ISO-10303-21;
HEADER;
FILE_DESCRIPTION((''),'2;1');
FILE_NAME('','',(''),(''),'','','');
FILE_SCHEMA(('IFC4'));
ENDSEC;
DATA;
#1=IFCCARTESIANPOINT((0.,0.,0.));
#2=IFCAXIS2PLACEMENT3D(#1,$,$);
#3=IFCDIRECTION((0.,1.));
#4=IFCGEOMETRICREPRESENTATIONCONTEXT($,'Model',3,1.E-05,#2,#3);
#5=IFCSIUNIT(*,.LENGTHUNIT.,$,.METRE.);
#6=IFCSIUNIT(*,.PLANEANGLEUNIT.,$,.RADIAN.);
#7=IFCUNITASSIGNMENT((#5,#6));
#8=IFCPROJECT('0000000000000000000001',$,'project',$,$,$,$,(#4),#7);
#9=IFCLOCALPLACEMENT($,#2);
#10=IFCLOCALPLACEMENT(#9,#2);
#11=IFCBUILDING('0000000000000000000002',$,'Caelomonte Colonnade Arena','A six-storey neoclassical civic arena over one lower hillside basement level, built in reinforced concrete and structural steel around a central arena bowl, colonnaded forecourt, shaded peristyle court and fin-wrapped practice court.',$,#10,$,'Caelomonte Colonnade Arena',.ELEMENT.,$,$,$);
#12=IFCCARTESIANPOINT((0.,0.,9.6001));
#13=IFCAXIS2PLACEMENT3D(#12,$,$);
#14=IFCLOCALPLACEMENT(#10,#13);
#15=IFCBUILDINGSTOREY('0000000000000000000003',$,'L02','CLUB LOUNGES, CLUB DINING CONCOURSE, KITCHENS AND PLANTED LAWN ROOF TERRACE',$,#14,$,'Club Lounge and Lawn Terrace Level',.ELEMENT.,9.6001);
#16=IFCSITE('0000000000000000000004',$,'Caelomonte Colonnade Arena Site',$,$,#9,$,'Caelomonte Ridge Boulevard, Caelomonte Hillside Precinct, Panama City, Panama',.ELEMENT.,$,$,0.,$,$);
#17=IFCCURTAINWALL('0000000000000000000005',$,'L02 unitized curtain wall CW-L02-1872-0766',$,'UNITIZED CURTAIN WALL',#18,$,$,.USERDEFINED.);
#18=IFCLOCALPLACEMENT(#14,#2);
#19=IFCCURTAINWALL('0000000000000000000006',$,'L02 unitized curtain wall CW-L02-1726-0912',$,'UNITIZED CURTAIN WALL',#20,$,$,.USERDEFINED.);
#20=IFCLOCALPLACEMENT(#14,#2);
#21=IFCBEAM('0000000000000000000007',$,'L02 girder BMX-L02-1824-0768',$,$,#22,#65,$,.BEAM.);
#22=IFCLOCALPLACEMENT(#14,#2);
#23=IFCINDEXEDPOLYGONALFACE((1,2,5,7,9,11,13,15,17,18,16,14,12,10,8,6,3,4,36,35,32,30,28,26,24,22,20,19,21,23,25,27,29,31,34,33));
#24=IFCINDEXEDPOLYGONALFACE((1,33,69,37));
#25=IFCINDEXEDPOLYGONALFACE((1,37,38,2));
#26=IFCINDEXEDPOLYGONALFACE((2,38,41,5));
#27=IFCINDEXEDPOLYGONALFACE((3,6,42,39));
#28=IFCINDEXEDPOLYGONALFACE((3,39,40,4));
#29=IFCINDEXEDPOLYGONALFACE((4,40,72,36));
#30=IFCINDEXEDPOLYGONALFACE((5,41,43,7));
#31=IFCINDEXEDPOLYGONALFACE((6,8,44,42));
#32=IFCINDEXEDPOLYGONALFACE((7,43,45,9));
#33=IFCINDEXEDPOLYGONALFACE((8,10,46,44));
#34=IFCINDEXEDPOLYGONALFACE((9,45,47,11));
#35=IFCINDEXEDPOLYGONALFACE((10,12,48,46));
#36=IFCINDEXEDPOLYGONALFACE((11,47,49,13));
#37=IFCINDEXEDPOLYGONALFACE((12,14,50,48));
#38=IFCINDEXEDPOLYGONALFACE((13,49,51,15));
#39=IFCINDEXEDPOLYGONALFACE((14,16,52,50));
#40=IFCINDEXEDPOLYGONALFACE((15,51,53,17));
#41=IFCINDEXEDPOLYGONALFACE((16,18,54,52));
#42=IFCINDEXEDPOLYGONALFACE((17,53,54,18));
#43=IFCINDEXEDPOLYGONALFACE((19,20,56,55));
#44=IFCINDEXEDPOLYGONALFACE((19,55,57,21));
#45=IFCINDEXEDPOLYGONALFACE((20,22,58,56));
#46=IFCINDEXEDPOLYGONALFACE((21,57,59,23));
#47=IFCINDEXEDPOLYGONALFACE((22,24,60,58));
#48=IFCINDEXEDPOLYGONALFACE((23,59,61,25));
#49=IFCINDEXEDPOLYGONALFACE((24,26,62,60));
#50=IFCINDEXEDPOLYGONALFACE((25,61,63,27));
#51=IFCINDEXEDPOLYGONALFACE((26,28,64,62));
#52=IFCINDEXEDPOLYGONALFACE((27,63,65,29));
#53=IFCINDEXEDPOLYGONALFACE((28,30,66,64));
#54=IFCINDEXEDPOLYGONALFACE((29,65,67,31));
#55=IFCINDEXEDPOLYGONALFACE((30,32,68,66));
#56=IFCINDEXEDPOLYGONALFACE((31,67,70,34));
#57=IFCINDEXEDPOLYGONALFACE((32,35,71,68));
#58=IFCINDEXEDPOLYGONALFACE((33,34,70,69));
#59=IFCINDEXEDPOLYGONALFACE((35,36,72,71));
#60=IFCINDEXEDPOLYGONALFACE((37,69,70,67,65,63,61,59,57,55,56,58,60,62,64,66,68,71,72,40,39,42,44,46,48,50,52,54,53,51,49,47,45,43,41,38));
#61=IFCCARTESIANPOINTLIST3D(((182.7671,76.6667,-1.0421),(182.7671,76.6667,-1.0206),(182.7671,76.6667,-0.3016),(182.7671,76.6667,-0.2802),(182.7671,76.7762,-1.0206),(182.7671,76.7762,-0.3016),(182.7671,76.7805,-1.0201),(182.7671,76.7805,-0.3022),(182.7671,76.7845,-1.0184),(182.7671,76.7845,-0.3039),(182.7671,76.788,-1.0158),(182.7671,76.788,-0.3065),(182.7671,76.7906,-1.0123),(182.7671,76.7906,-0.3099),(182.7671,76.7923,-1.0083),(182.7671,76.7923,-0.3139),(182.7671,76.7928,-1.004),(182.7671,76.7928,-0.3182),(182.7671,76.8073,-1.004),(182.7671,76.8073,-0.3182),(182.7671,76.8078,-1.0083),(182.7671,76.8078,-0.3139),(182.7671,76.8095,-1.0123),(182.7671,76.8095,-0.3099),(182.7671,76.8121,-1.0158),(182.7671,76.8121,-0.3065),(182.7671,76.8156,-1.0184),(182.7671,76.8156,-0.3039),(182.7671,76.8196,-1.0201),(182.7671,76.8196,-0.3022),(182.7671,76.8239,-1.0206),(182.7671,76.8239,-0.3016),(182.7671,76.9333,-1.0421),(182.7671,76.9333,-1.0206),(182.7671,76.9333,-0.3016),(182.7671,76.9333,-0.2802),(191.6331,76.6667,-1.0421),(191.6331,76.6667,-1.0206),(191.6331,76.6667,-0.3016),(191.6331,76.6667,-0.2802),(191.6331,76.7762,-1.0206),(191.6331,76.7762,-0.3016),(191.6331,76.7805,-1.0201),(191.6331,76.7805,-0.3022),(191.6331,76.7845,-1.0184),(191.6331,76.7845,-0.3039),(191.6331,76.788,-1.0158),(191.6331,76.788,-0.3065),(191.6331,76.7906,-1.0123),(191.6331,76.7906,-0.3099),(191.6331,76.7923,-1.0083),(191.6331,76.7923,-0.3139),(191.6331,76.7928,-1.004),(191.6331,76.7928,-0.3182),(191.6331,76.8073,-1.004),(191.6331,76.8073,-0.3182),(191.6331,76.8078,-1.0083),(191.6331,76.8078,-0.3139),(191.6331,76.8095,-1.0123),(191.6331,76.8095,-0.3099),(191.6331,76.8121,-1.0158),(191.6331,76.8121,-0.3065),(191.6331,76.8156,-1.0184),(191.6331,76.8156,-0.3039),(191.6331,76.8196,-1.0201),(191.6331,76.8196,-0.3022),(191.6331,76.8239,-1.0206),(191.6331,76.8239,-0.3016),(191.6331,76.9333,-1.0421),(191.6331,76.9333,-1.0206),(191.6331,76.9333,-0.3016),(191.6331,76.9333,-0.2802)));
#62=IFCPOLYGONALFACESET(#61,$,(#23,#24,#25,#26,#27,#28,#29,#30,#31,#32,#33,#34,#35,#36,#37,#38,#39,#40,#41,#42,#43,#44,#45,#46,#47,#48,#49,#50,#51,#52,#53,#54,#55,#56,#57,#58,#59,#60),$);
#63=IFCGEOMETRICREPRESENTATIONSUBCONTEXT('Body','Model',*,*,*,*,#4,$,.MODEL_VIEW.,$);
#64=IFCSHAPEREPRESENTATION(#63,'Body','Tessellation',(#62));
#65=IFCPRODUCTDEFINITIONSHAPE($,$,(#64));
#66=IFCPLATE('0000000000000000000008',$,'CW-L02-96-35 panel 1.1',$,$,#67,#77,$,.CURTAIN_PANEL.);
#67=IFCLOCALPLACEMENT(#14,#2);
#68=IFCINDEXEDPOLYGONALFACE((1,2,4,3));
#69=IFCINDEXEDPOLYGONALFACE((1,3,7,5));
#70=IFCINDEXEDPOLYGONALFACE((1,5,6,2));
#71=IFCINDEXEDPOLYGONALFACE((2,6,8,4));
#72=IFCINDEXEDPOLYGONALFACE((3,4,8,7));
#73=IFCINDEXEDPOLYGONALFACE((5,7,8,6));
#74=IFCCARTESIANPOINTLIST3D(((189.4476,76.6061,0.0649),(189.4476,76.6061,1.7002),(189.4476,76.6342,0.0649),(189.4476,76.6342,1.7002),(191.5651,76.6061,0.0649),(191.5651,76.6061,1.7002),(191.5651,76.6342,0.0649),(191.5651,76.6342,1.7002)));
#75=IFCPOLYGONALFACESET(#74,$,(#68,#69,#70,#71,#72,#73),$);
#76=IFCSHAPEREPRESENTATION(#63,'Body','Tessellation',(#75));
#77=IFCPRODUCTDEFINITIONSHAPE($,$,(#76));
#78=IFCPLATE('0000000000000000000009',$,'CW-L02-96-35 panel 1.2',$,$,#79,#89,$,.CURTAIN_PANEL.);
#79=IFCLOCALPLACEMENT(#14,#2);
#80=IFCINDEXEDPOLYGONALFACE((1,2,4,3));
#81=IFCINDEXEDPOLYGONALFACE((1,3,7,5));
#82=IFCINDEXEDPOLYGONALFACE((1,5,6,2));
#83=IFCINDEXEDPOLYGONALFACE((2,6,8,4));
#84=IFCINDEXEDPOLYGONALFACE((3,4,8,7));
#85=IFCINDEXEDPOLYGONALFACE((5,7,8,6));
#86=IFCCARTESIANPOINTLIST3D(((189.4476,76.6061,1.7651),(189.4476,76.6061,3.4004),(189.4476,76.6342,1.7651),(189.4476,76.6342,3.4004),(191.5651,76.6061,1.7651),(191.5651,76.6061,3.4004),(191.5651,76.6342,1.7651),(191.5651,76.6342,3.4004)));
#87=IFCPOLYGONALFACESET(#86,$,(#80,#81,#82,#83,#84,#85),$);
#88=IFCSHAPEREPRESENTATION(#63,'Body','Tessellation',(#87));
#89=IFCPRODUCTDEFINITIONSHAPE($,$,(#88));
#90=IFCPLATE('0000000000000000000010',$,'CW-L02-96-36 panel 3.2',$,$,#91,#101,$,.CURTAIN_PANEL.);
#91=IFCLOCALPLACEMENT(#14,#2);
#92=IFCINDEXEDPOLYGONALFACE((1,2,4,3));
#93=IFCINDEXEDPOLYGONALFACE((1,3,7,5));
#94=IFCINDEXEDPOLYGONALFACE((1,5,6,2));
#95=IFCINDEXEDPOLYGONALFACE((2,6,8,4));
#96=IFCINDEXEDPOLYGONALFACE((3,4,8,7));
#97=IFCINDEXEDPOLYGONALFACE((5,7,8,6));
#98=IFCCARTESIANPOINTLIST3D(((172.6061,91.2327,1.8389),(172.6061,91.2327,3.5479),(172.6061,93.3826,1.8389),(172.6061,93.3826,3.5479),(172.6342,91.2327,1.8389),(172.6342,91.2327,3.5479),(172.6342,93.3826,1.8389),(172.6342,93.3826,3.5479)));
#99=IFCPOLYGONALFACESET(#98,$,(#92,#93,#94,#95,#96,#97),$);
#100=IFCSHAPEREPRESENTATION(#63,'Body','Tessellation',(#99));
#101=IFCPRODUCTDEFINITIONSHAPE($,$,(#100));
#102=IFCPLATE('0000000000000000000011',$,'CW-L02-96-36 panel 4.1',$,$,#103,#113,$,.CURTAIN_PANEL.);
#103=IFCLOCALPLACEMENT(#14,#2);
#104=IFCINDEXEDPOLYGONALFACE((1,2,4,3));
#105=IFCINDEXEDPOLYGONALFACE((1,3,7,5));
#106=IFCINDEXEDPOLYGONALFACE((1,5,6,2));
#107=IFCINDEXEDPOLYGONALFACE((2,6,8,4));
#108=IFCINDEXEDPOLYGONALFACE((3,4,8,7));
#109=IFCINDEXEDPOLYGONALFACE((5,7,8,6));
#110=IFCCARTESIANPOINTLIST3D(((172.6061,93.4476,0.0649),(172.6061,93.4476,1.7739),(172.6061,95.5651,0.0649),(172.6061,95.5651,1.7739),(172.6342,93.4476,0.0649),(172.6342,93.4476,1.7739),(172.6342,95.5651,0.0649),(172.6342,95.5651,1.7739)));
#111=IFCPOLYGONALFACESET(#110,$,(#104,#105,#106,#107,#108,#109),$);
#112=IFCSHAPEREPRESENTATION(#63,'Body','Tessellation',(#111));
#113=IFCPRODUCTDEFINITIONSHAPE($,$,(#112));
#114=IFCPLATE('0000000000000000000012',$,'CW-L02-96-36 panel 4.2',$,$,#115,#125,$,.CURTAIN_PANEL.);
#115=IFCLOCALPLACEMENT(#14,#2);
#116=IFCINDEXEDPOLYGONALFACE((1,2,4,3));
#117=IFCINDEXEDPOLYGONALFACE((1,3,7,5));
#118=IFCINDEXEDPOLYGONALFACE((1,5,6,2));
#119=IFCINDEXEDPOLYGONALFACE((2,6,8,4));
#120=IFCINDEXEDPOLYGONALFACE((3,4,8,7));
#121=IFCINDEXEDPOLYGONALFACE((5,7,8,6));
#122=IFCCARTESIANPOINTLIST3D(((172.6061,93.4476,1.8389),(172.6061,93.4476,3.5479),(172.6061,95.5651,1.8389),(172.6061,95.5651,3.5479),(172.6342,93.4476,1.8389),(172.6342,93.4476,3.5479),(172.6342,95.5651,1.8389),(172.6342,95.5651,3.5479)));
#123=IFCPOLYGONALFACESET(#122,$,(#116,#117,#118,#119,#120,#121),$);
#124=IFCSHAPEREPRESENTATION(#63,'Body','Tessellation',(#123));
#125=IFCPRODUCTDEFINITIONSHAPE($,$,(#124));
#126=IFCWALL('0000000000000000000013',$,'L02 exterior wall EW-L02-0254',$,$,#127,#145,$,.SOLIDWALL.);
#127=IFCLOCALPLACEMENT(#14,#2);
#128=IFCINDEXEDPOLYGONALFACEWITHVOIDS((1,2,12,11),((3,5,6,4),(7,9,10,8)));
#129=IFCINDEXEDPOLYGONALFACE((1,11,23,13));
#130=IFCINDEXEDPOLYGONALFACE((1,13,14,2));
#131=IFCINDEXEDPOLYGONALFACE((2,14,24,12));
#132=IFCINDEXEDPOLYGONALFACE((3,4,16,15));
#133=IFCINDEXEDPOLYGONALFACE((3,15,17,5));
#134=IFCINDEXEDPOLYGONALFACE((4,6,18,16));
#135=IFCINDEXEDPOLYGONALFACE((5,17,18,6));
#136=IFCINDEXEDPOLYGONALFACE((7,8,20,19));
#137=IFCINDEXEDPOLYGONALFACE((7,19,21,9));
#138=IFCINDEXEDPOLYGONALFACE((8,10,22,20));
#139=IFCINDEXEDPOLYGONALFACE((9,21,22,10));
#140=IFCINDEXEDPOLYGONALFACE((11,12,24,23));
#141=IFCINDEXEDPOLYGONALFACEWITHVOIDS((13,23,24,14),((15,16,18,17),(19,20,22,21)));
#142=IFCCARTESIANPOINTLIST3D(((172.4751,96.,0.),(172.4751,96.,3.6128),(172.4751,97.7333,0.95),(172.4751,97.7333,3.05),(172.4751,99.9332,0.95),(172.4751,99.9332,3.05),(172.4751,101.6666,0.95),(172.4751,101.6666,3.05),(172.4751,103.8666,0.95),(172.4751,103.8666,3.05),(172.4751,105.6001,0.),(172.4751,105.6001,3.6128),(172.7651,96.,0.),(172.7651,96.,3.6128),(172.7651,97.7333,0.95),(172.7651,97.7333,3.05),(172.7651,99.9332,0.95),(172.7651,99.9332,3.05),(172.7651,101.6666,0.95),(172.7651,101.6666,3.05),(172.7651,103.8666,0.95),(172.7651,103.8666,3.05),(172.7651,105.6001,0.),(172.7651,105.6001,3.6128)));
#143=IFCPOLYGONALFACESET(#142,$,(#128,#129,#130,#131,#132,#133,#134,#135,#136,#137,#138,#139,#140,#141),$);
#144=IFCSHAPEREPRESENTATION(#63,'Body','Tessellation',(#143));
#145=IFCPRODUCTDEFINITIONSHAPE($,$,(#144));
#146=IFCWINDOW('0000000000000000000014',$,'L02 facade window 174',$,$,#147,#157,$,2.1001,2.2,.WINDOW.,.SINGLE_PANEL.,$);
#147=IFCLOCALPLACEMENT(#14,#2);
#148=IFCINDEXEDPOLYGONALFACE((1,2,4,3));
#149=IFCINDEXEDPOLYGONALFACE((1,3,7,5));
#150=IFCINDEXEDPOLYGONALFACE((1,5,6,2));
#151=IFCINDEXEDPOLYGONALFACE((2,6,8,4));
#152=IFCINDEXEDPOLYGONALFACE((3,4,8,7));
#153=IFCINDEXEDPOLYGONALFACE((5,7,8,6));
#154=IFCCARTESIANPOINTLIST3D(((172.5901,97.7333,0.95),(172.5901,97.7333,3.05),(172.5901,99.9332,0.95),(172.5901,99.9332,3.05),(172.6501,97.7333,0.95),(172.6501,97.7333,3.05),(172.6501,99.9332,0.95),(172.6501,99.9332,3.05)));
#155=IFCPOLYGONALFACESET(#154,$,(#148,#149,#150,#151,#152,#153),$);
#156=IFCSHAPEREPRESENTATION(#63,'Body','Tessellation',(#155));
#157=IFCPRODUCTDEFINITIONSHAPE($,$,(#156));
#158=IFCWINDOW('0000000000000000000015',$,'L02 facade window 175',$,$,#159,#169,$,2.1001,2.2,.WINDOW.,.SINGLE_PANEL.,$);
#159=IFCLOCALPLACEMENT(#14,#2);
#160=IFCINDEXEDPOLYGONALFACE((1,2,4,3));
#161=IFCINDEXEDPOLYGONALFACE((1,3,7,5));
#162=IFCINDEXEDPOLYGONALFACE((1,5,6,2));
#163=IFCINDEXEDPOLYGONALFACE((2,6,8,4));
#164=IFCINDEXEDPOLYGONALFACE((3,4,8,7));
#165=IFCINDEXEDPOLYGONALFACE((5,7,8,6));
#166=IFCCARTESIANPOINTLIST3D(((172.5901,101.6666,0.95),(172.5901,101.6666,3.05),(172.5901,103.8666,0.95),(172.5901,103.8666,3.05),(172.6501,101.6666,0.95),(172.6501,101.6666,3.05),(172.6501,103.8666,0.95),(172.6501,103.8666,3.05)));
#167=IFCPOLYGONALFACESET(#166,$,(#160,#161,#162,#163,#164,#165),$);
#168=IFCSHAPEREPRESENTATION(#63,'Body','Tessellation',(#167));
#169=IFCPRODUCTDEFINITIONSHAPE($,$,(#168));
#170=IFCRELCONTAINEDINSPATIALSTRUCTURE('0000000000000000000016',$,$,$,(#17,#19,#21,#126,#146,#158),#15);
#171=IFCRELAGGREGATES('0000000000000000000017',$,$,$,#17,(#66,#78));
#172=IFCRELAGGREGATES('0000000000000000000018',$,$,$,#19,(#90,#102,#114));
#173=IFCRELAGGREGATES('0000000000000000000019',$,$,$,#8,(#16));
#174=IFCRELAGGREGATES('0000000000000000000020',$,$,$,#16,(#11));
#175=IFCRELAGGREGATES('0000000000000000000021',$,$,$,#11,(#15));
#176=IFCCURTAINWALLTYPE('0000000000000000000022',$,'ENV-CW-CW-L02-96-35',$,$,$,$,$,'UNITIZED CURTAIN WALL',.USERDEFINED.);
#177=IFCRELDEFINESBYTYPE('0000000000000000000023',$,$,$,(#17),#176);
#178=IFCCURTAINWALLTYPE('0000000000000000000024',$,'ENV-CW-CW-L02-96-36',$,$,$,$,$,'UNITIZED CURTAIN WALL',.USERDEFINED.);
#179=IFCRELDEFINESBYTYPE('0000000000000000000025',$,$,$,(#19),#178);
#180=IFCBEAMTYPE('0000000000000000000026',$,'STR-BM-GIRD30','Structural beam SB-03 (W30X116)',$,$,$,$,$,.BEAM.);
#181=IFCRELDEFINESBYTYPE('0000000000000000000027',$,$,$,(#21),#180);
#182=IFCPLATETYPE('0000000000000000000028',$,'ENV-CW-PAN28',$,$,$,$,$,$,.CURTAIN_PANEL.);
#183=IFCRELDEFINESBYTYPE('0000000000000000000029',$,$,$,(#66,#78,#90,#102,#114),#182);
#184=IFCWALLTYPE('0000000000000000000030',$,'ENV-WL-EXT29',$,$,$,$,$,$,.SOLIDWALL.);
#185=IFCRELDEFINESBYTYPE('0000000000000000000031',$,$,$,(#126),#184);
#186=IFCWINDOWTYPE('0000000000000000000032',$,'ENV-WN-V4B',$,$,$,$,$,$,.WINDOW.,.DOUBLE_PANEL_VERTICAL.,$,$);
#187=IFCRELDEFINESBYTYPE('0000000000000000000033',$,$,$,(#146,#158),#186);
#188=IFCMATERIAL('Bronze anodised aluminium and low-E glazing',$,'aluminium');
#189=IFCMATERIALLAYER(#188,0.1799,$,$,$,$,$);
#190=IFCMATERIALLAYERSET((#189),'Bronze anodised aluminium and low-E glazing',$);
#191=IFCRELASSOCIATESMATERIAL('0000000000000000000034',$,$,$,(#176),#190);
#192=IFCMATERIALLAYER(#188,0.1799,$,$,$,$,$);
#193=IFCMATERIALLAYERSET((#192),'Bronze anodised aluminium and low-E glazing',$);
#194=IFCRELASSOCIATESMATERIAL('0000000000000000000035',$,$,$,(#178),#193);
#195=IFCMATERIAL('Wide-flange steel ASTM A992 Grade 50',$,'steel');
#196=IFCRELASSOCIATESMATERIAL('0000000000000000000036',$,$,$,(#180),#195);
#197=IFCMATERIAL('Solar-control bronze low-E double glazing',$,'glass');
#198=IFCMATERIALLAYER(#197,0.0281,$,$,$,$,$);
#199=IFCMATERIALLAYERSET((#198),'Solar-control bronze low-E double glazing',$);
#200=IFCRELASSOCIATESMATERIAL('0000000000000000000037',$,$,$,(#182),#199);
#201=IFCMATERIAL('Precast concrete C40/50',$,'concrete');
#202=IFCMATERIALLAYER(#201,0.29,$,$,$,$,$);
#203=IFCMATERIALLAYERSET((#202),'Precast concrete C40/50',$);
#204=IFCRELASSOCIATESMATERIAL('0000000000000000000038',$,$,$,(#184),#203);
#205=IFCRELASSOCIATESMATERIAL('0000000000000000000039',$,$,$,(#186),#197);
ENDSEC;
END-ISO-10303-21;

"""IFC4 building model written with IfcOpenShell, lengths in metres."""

from ifc_helpers import new_model, si_unit, direction, frame, frame_2d, origin, origin_2d, place, context, subcontext, project, spatial, rectangle, i_section, extrude, material, layer, layer_set, material_profile, profile_set, type_object, element, fill, aggregate, save


model = new_model("IFC4")

# Units and contexts
model_context = context("Model", 3, precision=1e-05, world=origin(), true_north=direction((0.0, 1.0)))
body_context = subcontext(model_context, "Body", "Model", "MODEL_VIEW")
ifc_project = project(units=[si_unit("LENGTHUNIT", "METRE"), si_unit("PLANEANGLEUNIT", "RADIAN")], contexts=[model_context])

# Site, building, storey
site_placement = place(None, origin())
site = spatial("IfcSite", under=ifc_project, at=site_placement, Name="Caelomonte Colonnade Arena Site", LongName="Caelomonte Ridge Boulevard, Caelomonte Hillside Precinct, Panama City, Panama", CompositionType="ELEMENT", RefElevation=0.0)
building_placement = place(site_placement, origin())
building = spatial("IfcBuilding", under=site, at=building_placement, Name="Caelomonte Colonnade Arena", Description="A six-storey neoclassical civic arena over one lower hillside basement level, built in reinforced concrete and structural steel around a central arena bowl, colonnaded forecourt, shaded peristyle court and fin-wrapped practice court.", LongName="Caelomonte Colonnade Arena", CompositionType="ELEMENT")
storey_placement = place(building_placement, frame((0.0, 0.0, 9.6001)))
storey = spatial("IfcBuildingStorey", under=building, at=storey_placement, Name="L02", Description="CLUB LOUNGES, CLUB DINING CONCOURSE, KITCHENS AND PLANTED LAWN ROOF TERRACE", LongName="Club Lounge and Lawn Terrace Level", CompositionType="ELEMENT", Elevation=9.6001)

# Curtain wall
ifc_material_1 = material(Name="Bronze anodised aluminium and low-E glazing", Category="aluminium")
ifc_layer_1 = layer(ifc_material_1, 0.1799)
ifc_layer_set_1 = layer_set([ifc_layer_1], Name="Bronze anodised aluminium and low-E glazing")
curtain_wall_type_1 = type_object("IfcCurtainWallType", Name="ENV-CW-CW-L02-96-35", ElementType="UNITIZED CURTAIN WALL", PredefinedType="USERDEFINED", material=ifc_layer_set_1)
curtain_wall_1_placement = place(storey_placement, origin())
curtain_wall_1 = element("IfcCurtainWall", 1, at=curtain_wall_1_placement, inside=storey, type_object=curtain_wall_type_1, Name="L02 unitized curtain wall CW-L02-1872-0766", ObjectType="UNITIZED CURTAIN WALL", PredefinedType="USERDEFINED")

# Curtain wall
ifc_layer_2 = layer(ifc_material_1, 0.1799)
ifc_layer_set_2 = layer_set([ifc_layer_2], Name="Bronze anodised aluminium and low-E glazing")
curtain_wall_type_2 = type_object("IfcCurtainWallType", Name="ENV-CW-CW-L02-96-36", ElementType="UNITIZED CURTAIN WALL", PredefinedType="USERDEFINED", material=ifc_layer_set_2)
curtain_wall_2_placement = place(storey_placement, origin())
curtain_wall_2 = element("IfcCurtainWall", 2, at=curtain_wall_2_placement, inside=storey, type_object=curtain_wall_type_2, Name="L02 unitized curtain wall CW-L02-1726-0912", ObjectType="UNITIZED CURTAIN WALL", PredefinedType="USERDEFINED")

# Beam
ifc_material_2 = material(Name="Wide-flange steel ASTM A992 Grade 50", Category="steel")
ifc_material_profile_1 = material_profile(ifc_material_2, i_section(OverallWidth=0.2666, OverallDepth=0.762, WebThickness=0.0144, FlangeThickness=0.0215, FilletRadius=0.0166, at=origin_2d()), Name="W30X116")
ifc_profile_set_1 = profile_set([ifc_material_profile_1], Name="Wide-flange steel ASTM A992 Grade 50")
beam_type_1 = type_object("IfcBeamType", Name="STR-BM-GIRD30", Description="Structural beam SB-03 (W30X116)", PredefinedType="BEAM", material=ifc_profile_set_1)
for number, where, z_axis, x_axis, name in (
    (3, (182.7671, 76.8, -0.6611), (1.0, 0.0, 0.0), (0.0, 1.0, 0.0), "L02 girder BMX-L02-1824-0768"),
):
    element("IfcBeam", number, at=place(storey_placement, frame(where, z_axis=z_axis, x_axis=x_axis)), inside=storey, type_object=beam_type_1, Name=name, PredefinedType="BEAM", context=body_context, shape_type="SweptSolid", body=[
        extrude(i_section(OverallWidth=0.2666, OverallDepth=0.762, WebThickness=0.0144, FlangeThickness=0.0215, FilletRadius=0.0166, at=origin_2d()), origin(), (0.0, 0.0, 1.0), 8.866),
    ])

# Plates
ifc_material_3 = material(Name="Solar-control bronze low-E double glazing", Category="glass")
ifc_layer_3 = layer(ifc_material_3, 0.0281)
ifc_layer_set_3 = layer_set([ifc_layer_3], Name="Solar-control bronze low-E double glazing")
plate_type = type_object("IfcPlateType", Name="ENV-CW-PAN28", PredefinedType="CURTAIN_PANEL", material=ifc_layer_set_3)
plate_1_placement = place(storey_placement, frame((190.5063, 76.6201, 0.0649), z_axis=(0.0, 0.0, 1.0), x_axis=(-1.0, 0.0, 0.0)))
plate_1 = element("IfcPlate", 4, at=plate_1_placement, type_object=plate_type, Name="CW-L02-96-35 panel 1.1", PredefinedType="CURTAIN_PANEL", context=body_context, shape_type="SweptSolid", body=[
    extrude(rectangle(XDim=2.1174, YDim=0.0281, at=origin_2d()), origin(), (0.0, 0.0, 1.0), 1.6353),
])
plate_2_placement = place(storey_placement, frame((190.5063, 76.6201, 1.7651), z_axis=(0.0, 0.0, 1.0), x_axis=(-1.0, 0.0, 0.0)))
plate_2 = element("IfcPlate", 5, at=plate_2_placement, type_object=plate_type, Name="CW-L02-96-35 panel 1.2", PredefinedType="CURTAIN_PANEL", context=body_context, shape_type="SweptSolid", body=[
    extrude(rectangle(XDim=2.1174, YDim=0.0281, at=origin_2d()), origin(), (0.0, 0.0, 1.0), 1.6353),
])
aggregate(curtain_wall_1, [plate_1, plate_2])
plate_3_placement = place(storey_placement, frame((172.6201, 92.3076, 1.8389), z_axis=(0.0, 0.0, 1.0), x_axis=(0.0, 1.0, 0.0)))
plate_3 = element("IfcPlate", 6, at=plate_3_placement, type_object=plate_type, Name="CW-L02-96-36 panel 3.2", PredefinedType="CURTAIN_PANEL", context=body_context, shape_type="SweptSolid", body=[
    extrude(rectangle(XDim=2.1499, YDim=0.0281, at=origin_2d()), origin(), (0.0, 0.0, 1.0), 1.709),
])
plate_4_placement = place(storey_placement, frame((172.6201, 94.5063, 0.0649), z_axis=(0.0, 0.0, 1.0), x_axis=(0.0, 1.0, 0.0)))
plate_4 = element("IfcPlate", 7, at=plate_4_placement, type_object=plate_type, Name="CW-L02-96-36 panel 4.1", PredefinedType="CURTAIN_PANEL", context=body_context, shape_type="SweptSolid", body=[
    extrude(rectangle(XDim=2.1174, YDim=0.0281, at=origin_2d()), origin(), (0.0, 0.0, 1.0), 1.709),
])
plate_5_placement = place(storey_placement, frame((172.6201, 94.5063, 1.8389), z_axis=(0.0, 0.0, 1.0), x_axis=(0.0, 1.0, 0.0)))
plate_5 = element("IfcPlate", 8, at=plate_5_placement, type_object=plate_type, Name="CW-L02-96-36 panel 4.2", PredefinedType="CURTAIN_PANEL", context=body_context, shape_type="SweptSolid", body=[
    extrude(rectangle(XDim=2.1174, YDim=0.0281, at=origin_2d()), origin(), (0.0, 0.0, 1.0), 1.709),
])
aggregate(curtain_wall_2, [plate_3, plate_4, plate_5])

# Wall, openings, windows
ifc_material_4 = material(Name="Precast concrete C40/50", Category="concrete")
ifc_layer_4 = layer(ifc_material_4, 0.29)
ifc_layer_set_4 = layer_set([ifc_layer_4], Name="Precast concrete C40/50")
wall_type = type_object("IfcWallType", Name="ENV-WL-EXT29", PredefinedType="SOLIDWALL", material=ifc_layer_set_4)
wall_placement = place(storey_placement, frame((172.6201, 96.0, 0.0), z_axis=(0.0, 0.0, 1.0), x_axis=(0.0, 1.0, 0.0)))
wall = element("IfcWall", 9, at=wall_placement, inside=storey, type_object=wall_type, Name="L02 exterior wall EW-L02-0254", PredefinedType="SOLIDWALL", context=body_context, shape_type="SweptSolid", body=[
    extrude(rectangle(XDim=9.6001, YDim=0.29, at=frame_2d((4.8, 0.0))), origin(), (0.0, 0.0, 1.0), 3.6128),
])
opening_1_placement = place(wall_placement, frame((3.9333, 0.0, 0.95), z_axis=(0.0, 0.0, 1.0), x_axis=(-1.0, 0.0, 0.0)))
opening_1 = element("IfcOpeningElement", 10, at=opening_1_placement, cuts=wall, PredefinedType="OPENING", context=body_context, shape_type="SweptSolid", body=[
    extrude(rectangle(XDim=2.2, YDim=2.1001, at=frame_2d((1.1001, 1.05))), frame((0.0, 0.155, 0.0), z_axis=(0.0, -1.0, 0.0), x_axis=(1.0, 0.0, 0.0)), (0.0, 0.0, 1.0), 0.3101),
])
opening_2_placement = place(wall_placement, frame((7.8667, 0.0, 0.95), z_axis=(0.0, 0.0, 1.0), x_axis=(-1.0, 0.0, 0.0)))
opening_2 = element("IfcOpeningElement", 11, at=opening_2_placement, cuts=wall, PredefinedType="OPENING", context=body_context, shape_type="SweptSolid", body=[
    extrude(rectangle(XDim=2.2, YDim=2.1001, at=frame_2d((1.1001, 1.05))), frame((0.0, 0.155, 0.0), z_axis=(0.0, -1.0, 0.0), x_axis=(1.0, 0.0, 0.0)), (0.0, 0.0, 1.0), 0.3101),
])
window_type = type_object("IfcWindowType", Name="ENV-WN-V4B", PartitioningType="DOUBLE_PANEL_VERTICAL", PredefinedType="WINDOW", material=ifc_material_3)
window_1_placement = place(opening_1_placement, origin())
window_1 = element("IfcWindow", 12, at=window_1_placement, inside=storey, type_object=window_type, Name="L02 facade window 174", OverallHeight=2.1001, OverallWidth=2.2, PartitioningType="SINGLE_PANEL", PredefinedType="WINDOW", context=body_context, shape_type="SweptSolid", body=[
    extrude(rectangle(XDim=2.2, YDim=2.1001, at=frame_2d((1.1001, 1.05))), frame((0.0, 0.03, 0.0), z_axis=(0.0, -1.0, 0.0), x_axis=(1.0, 0.0, 0.0)), (0.0, 0.0, 1.0), 0.0601),
])
fill(opening_1, window_1)
window_2_placement = place(opening_2_placement, origin())
window_2 = element("IfcWindow", 13, at=window_2_placement, inside=storey, type_object=window_type, Name="L02 facade window 175", OverallHeight=2.1001, OverallWidth=2.2, PartitioningType="SINGLE_PANEL", PredefinedType="WINDOW", context=body_context, shape_type="SweptSolid", body=[
    extrude(rectangle(XDim=2.2, YDim=2.1001, at=frame_2d((1.1001, 1.05))), frame((0.0, 0.03, 0.0), z_axis=(0.0, -1.0, 0.0), x_axis=(1.0, 0.0, 0.0)), (0.0, 0.0, 1.0), 0.0601),
])
fill(opening_2, window_2)

save(model, "model.ifc")
